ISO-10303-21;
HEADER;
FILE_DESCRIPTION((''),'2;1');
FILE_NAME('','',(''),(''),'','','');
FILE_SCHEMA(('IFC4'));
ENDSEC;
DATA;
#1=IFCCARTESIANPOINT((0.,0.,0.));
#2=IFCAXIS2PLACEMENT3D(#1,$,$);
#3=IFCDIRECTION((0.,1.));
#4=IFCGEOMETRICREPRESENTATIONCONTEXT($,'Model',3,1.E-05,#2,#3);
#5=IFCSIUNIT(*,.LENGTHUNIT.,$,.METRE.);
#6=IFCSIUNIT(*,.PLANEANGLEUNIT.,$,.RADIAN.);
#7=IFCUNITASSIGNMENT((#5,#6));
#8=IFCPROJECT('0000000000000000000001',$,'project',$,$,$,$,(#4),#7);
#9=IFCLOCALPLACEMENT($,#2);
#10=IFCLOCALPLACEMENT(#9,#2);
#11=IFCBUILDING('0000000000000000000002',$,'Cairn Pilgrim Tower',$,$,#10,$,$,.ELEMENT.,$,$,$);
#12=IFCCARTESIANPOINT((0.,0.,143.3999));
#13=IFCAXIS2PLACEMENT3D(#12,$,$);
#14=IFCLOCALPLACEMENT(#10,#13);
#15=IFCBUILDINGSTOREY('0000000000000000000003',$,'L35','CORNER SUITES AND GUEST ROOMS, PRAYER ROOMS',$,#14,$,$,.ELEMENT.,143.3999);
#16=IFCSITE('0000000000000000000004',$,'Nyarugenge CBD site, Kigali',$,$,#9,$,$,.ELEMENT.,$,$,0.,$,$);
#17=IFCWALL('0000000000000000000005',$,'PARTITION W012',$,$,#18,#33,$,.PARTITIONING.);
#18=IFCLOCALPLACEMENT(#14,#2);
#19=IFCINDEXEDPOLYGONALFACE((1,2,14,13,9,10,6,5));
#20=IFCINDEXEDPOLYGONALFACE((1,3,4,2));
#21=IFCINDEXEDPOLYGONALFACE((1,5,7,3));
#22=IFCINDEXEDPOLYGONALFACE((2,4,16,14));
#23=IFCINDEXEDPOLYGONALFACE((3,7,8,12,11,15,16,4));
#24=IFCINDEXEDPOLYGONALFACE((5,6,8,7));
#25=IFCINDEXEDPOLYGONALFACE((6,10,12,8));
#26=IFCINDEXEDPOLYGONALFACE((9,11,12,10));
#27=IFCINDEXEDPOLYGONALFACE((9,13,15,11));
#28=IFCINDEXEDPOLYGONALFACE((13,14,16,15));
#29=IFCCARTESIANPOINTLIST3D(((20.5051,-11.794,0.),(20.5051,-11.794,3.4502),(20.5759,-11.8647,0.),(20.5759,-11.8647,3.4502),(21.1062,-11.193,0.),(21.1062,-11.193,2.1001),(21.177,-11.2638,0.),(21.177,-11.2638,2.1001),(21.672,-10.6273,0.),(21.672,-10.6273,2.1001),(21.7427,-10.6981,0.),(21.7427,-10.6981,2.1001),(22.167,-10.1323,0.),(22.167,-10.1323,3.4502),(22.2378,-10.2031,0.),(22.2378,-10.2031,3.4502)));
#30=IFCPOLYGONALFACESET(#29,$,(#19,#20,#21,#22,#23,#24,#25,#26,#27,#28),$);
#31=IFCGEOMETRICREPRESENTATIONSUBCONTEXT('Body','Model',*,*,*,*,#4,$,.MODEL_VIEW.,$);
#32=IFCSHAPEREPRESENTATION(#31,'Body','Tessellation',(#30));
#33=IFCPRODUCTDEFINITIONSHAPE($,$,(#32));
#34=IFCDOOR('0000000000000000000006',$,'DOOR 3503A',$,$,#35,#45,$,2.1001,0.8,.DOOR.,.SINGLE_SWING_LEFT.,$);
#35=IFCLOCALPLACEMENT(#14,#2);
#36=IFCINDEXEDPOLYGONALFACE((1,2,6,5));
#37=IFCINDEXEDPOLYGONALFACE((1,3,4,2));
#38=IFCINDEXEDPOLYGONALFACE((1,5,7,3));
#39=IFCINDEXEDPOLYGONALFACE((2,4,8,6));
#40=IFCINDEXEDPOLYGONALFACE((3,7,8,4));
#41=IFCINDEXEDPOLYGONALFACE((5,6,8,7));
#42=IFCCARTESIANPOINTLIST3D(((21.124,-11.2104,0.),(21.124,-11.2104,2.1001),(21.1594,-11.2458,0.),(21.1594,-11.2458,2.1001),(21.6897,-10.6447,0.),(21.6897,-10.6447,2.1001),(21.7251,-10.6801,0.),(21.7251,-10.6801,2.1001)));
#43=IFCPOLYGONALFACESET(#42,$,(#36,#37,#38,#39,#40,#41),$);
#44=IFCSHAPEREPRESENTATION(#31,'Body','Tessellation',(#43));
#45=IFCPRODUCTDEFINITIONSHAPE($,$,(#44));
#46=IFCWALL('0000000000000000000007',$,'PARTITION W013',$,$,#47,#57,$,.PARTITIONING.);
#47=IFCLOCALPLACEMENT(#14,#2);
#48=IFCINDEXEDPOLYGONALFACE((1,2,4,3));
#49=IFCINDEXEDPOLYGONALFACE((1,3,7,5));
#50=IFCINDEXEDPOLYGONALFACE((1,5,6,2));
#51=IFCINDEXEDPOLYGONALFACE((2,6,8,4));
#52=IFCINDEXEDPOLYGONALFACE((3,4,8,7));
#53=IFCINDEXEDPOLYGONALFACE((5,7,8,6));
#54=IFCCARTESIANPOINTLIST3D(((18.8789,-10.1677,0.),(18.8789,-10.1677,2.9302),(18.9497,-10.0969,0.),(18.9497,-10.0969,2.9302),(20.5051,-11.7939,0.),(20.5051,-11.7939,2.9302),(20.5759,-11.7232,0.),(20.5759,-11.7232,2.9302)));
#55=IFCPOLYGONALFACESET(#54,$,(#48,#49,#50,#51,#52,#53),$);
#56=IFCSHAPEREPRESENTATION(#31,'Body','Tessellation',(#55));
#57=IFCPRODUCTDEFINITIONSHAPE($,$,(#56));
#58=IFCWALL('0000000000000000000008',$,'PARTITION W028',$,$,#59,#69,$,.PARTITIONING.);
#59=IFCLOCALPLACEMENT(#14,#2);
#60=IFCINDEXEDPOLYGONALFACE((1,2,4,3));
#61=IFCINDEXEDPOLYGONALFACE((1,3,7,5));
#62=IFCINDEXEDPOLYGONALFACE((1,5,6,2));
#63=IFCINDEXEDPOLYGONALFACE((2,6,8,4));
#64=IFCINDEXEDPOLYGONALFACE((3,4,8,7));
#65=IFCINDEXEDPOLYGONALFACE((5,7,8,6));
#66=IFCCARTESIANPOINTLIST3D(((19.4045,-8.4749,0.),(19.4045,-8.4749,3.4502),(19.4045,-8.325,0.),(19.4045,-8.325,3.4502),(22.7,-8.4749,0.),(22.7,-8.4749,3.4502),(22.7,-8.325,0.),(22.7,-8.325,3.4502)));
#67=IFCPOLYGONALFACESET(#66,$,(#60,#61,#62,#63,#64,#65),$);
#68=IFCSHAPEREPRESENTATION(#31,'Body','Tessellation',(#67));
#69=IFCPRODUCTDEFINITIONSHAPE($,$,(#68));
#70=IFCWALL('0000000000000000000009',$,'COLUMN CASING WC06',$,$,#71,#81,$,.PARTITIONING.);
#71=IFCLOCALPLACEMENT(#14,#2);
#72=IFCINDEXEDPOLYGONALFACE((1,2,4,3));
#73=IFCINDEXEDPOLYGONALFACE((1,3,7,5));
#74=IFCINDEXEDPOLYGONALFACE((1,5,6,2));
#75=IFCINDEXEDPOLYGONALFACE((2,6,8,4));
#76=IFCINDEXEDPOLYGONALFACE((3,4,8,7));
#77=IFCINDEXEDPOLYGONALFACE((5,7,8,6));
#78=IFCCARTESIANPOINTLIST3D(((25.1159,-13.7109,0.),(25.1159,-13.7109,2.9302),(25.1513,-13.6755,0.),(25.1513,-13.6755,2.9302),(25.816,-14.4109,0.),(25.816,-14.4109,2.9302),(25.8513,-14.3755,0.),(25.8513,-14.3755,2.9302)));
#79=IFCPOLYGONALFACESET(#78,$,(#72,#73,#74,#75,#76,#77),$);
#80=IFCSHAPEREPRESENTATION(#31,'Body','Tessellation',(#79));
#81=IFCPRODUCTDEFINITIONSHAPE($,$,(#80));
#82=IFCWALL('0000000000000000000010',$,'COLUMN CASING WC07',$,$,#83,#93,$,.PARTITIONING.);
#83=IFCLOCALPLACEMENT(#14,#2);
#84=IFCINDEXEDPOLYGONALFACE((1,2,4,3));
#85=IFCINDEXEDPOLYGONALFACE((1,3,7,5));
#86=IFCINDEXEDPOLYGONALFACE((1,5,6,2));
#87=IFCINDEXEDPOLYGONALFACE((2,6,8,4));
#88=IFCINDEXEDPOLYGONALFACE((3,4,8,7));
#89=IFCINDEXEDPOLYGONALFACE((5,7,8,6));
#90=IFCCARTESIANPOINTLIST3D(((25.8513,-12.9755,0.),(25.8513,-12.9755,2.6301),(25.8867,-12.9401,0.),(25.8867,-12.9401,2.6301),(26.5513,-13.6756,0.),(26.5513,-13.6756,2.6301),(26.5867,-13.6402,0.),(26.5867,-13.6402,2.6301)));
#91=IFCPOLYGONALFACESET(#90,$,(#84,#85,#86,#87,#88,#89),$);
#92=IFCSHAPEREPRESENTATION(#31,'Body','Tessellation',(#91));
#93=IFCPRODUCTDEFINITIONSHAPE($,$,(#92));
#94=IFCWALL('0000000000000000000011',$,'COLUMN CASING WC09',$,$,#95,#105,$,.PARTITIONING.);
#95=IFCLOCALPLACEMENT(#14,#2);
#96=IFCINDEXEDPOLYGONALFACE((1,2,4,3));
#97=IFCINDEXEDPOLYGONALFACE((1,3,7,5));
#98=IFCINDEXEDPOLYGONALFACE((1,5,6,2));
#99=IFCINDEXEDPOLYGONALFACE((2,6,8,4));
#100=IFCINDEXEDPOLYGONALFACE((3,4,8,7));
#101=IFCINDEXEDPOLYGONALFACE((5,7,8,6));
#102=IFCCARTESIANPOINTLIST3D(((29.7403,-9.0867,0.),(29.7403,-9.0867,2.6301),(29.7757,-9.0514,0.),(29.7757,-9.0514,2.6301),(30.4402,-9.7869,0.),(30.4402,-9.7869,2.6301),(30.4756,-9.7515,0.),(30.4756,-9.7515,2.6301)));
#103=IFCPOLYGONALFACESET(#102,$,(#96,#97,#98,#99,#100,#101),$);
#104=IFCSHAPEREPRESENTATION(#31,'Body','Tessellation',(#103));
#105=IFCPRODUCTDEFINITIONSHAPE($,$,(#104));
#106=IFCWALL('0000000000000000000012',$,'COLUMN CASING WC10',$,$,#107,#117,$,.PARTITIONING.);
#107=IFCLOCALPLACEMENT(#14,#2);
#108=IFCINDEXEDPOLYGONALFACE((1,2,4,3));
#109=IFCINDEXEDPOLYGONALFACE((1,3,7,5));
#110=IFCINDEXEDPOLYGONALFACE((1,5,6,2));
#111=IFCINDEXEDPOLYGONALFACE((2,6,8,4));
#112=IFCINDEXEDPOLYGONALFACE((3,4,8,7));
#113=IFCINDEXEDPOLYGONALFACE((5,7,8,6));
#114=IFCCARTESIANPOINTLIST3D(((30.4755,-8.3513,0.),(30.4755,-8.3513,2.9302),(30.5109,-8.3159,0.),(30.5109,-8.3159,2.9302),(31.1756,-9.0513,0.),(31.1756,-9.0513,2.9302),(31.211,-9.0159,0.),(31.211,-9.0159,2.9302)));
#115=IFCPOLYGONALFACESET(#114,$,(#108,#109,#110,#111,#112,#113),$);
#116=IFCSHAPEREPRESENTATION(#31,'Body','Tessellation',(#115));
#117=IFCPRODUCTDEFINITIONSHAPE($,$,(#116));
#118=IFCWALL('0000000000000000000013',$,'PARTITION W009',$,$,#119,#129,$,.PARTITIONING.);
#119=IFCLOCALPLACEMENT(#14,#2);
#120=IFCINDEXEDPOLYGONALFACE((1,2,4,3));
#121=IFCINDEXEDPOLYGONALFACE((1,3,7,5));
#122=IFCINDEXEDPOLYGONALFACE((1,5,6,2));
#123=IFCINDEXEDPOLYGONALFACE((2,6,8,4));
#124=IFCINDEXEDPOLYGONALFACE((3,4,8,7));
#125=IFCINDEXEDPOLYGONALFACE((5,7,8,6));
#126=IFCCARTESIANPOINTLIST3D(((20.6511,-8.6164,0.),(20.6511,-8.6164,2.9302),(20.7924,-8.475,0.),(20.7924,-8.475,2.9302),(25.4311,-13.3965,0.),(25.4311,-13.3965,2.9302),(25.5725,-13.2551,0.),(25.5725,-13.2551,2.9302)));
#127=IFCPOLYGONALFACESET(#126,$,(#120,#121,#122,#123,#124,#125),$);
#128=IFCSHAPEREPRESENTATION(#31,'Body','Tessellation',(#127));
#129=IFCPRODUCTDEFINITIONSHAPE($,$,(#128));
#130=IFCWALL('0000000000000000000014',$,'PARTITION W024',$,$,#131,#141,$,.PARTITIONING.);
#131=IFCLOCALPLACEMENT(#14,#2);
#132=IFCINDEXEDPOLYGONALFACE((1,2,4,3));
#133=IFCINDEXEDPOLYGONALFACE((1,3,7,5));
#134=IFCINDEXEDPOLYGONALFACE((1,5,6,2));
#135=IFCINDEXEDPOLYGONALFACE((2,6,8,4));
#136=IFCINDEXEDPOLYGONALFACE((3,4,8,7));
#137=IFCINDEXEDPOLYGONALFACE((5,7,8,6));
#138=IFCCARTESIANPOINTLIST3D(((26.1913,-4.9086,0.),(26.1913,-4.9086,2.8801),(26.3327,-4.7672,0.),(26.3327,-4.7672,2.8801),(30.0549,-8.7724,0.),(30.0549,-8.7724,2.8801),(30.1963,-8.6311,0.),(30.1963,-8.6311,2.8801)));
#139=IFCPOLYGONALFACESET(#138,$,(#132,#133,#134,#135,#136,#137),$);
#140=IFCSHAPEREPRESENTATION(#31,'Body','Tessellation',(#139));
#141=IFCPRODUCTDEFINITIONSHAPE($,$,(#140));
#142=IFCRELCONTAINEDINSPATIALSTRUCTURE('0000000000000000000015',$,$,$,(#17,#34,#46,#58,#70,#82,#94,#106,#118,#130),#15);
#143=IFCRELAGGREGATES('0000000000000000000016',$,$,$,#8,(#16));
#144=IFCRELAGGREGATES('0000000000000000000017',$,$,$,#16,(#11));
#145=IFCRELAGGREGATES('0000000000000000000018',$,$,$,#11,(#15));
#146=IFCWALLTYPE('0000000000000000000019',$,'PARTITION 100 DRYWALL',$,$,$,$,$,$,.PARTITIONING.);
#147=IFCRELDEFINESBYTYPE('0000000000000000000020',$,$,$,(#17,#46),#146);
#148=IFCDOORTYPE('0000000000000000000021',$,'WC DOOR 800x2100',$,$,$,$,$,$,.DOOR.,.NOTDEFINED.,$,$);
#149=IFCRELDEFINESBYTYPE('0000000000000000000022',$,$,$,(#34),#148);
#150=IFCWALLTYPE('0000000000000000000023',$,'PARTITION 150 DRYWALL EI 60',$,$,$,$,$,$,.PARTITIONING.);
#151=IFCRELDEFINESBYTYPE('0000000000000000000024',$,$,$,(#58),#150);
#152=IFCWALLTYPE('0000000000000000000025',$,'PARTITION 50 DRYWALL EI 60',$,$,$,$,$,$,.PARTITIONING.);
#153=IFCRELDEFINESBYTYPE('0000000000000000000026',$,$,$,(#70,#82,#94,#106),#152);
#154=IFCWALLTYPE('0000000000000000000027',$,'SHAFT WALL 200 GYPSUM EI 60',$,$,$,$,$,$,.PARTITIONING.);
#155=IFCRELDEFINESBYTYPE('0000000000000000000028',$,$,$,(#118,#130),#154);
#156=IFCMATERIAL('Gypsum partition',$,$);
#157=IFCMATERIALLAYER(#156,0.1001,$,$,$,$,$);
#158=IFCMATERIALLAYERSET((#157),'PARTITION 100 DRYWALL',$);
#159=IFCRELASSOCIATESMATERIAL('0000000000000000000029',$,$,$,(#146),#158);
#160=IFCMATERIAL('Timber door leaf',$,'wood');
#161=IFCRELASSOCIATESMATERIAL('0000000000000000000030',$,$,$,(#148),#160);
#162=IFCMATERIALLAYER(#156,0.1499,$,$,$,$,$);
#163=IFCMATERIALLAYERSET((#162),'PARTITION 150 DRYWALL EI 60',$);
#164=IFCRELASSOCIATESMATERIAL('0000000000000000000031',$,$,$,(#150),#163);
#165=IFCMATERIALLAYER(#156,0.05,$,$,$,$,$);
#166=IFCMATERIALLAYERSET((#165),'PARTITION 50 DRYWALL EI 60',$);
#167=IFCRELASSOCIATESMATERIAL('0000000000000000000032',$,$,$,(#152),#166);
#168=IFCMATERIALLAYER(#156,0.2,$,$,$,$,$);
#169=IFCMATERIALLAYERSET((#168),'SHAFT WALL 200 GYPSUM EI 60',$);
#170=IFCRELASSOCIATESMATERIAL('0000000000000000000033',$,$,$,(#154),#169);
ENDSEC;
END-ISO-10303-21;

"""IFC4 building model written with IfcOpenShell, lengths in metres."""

from ifc_helpers import new_model, si_unit, direction, frame, frame_2d, origin, place, context, subcontext, project, spatial, rectangle, extrude, material, layer, layer_set, type_object, element, fill, save


model = new_model("IFC4")

# Units and contexts
model_context = context("Model", 3, precision=1e-05, world=origin(), true_north=direction((0.0, 1.0)))
body_context = subcontext(model_context, "Body", "Model", "MODEL_VIEW")
ifc_project = project(units=[si_unit("LENGTHUNIT", "METRE"), si_unit("PLANEANGLEUNIT", "RADIAN")], contexts=[model_context])

# Site, building, storey
site_placement = place(None, origin())
site = spatial("IfcSite", under=ifc_project, at=site_placement, Name="Nyarugenge CBD site, Kigali", CompositionType="ELEMENT", RefElevation=0.0)
building_placement = place(site_placement, origin())
building = spatial("IfcBuilding", under=site, at=building_placement, Name="Cairn Pilgrim Tower", CompositionType="ELEMENT")
storey_placement = place(building_placement, frame((0.0, 0.0, 143.3999)))
storey = spatial("IfcBuildingStorey", under=building, at=storey_placement, Name="L35", Description="CORNER SUITES AND GUEST ROOMS, PRAYER ROOMS", CompositionType="ELEMENT", Elevation=143.3999)

# Wall, opening, door
ifc_material_1 = material(Name="Gypsum partition")
ifc_layer_1 = layer(ifc_material_1, 0.1001)
ifc_layer_set_1 = layer_set([ifc_layer_1], Name="PARTITION 100 DRYWALL")
wall_type_1 = type_object("IfcWallType", Name="PARTITION 100 DRYWALL", PredefinedType="PARTITIONING", material=ifc_layer_set_1)
wall_1_placement = place(storey_placement, frame((20.5405, -11.8293, 0.0), z_axis=(0.0, 0.0, 1.0), x_axis=(0.707159, 0.707055, 0.0)))
wall_1 = element("IfcWall", 1, at=wall_1_placement, inside=storey, type_object=wall_type_1, Name="PARTITION W012", PredefinedType="PARTITIONING", context=body_context, shape_type="SweptSolid", body=[
    extrude(rectangle(XDim=2.3501, YDim=0.1001, at=frame_2d((1.175, 0.0))), origin(), (0.0, 0.0, 1.0), 3.4502),
])
opening_1_placement = place(wall_1_placement, frame((0.8501, 0.0, 0.0)))
opening_1 = element("IfcOpeningElement", 2, at=opening_1_placement, cuts=wall_1, PredefinedType="OPENING", context=body_context, shape_type="SweptSolid", body=[
    extrude(rectangle(XDim=0.8, YDim=2.1001, at=frame_2d((0.3999, 1.05))), frame((0.0, 0.0601, 0.0), z_axis=(0.0, -1.0, 0.0), x_axis=(1.0, 0.0, 0.0)), (0.0, 0.0, 1.0), 0.1201),
])
ifc_material_2 = material(Name="Timber door leaf", Category="wood")
door_type_1 = type_object("IfcDoorType", Name="WC DOOR 800x2100", OperationType="NOTDEFINED", PredefinedType="DOOR", material=ifc_material_2)
door_1_placement = place(opening_1_placement, frame((0.8, 0.0, 0.0), z_axis=(0.0, 0.0, 1.0), x_axis=(-1.0, 0.0, 0.0)))
door_1 = element("IfcDoor", 3, at=door_1_placement, inside=storey, type_object=door_type_1, Name="DOOR 3503A", OperationType="SINGLE_SWING_LEFT", OverallHeight=2.1001, OverallWidth=0.8, PredefinedType="DOOR", context=body_context, shape_type="SweptSolid", body=[
    extrude(rectangle(XDim=0.8, YDim=2.1001, at=frame_2d((0.3999, 1.05))), frame((0.0, 0.0249, 0.0), z_axis=(0.0, -1.0, 0.0), x_axis=(1.0, 0.0, 0.0)), (0.0, 0.0, 1.0), 0.05),
])
fill(opening_1, door_1)

# Walls
wall_2_placement = place(storey_placement, frame((20.5405, -11.7585, 0.0), z_axis=(0.0, 0.0, 1.0), x_axis=(-0.707107, 0.707107, 0.0)))
element("IfcWall", 4, at=wall_2_placement, inside=storey, type_object=wall_type_1, Name="PARTITION W013", PredefinedType="PARTITIONING", context=body_context, shape_type="SweptSolid", body=[
    extrude(rectangle(XDim=2.2998, YDim=0.1001, at=frame_2d((1.1499, 0.0))), origin(), (0.0, 0.0, 1.0), 2.9302),
])
ifc_layer_2 = layer(ifc_material_1, 0.1499)
ifc_layer_set_2 = layer_set([ifc_layer_2], Name="PARTITION 150 DRYWALL EI 60")
wall_type_2 = type_object("IfcWallType", Name="PARTITION 150 DRYWALL EI 60", PredefinedType="PARTITIONING", material=ifc_layer_set_2)
wall_3_placement = place(storey_placement, frame((19.4045, -8.3999, 0.0), z_axis=(0.0, 0.0, 1.0), x_axis=(1.0, 0.0, 0.0)))
element("IfcWall", 5, at=wall_3_placement, inside=storey, type_object=wall_type_2, Name="PARTITION W028", PredefinedType="PARTITIONING", context=body_context, shape_type="SweptSolid", body=[
    extrude(rectangle(XDim=3.2954, YDim=0.1499, at=frame_2d((1.6477, 0.0))), origin(), (0.0, 0.0, 1.0), 3.4502),
])
ifc_layer_3 = layer(ifc_material_1, 0.05)
ifc_layer_set_3 = layer_set([ifc_layer_3], Name="PARTITION 50 DRYWALL EI 60")
wall_type_3 = type_object("IfcWallType", Name="PARTITION 50 DRYWALL EI 60", PredefinedType="PARTITIONING", material=ifc_layer_set_3)
wall_4_placement = place(storey_placement, frame((25.8337, -14.3933, 0.0), z_axis=(0.0, 0.0, 1.0), x_axis=(-0.707107, 0.707107, 0.0)))
element("IfcWall", 6, at=wall_4_placement, inside=storey, type_object=wall_type_3, Name="COLUMN CASING WC06", PredefinedType="PARTITIONING", context=body_context, shape_type="SweptSolid", body=[
    extrude(rectangle(XDim=0.99, YDim=0.05, at=frame_2d((0.4951, 0.0))), origin(), (0.0, 0.0, 1.0), 2.9302),
])
for number, where, z_axis, x_axis, name in (
    (7, (26.5691, -13.658, 0.0), (0.0, 0.0, 1.0), (-0.707107, 0.707107, 0.0), "COLUMN CASING WC07"),
    (8, (30.458, -9.7693, 0.0), (0.0, 0.0, 1.0), (-0.706983, 0.70723, 0.0), "COLUMN CASING WC09"),
):
    element("IfcWall", number, at=place(storey_placement, frame(where, z_axis=z_axis, x_axis=x_axis)), inside=storey, type_object=wall_type_3, Name=name, PredefinedType="PARTITIONING", context=body_context, shape_type="SweptSolid", body=[
        extrude(rectangle(XDim=0.99, YDim=0.05, at=frame_2d((0.4951, 0.0))), origin(), (0.0, 0.0, 1.0), 2.6301),
    ])
wall_5_placement = place(storey_placement, frame((31.1934, -9.0337, 0.0), z_axis=(0.0, 0.0, 1.0), x_axis=(-0.707107, 0.707107, 0.0)))
element("IfcWall", 9, at=wall_5_placement, inside=storey, type_object=wall_type_3, Name="COLUMN CASING WC10", PredefinedType="PARTITIONING", context=body_context, shape_type="SweptSolid", body=[
    extrude(rectangle(XDim=0.99, YDim=0.05, at=frame_2d((0.4951, 0.0))), origin(), (0.0, 0.0, 1.0), 2.9302),
])
ifc_layer_4 = layer(ifc_material_1, 0.2)
ifc_layer_set_4 = layer_set([ifc_layer_4], Name="SHAFT WALL 200 GYPSUM EI 60")
wall_type_4 = type_object("IfcWallType", Name="SHAFT WALL 200 GYPSUM EI 60", PredefinedType="PARTITIONING", material=ifc_layer_set_4)
wall_6_placement = place(storey_placement, frame((25.5017, -13.3257, 0.0), z_axis=(0.0, 0.0, 1.0), x_axis=(-0.707107, 0.707107, 0.0)))
element("IfcWall", 10, at=wall_6_placement, inside=storey, type_object=wall_type_4, Name="PARTITION W009", PredefinedType="PARTITIONING", context=body_context, shape_type="SweptSolid", body=[
    extrude(rectangle(XDim=6.76, YDim=0.2, at=frame_2d((3.3799, 0.0))), origin(), (0.0, 0.0, 1.0), 2.9302),
])
wall_7_placement = place(storey_placement, frame((30.1255, -8.7017, 0.0), z_axis=(0.0, 0.0, 1.0), x_axis=(-0.707084, 0.707129, 0.0)))
element("IfcWall", 11, at=wall_7_placement, inside=storey, type_object=wall_type_4, Name="PARTITION W024", PredefinedType="PARTITIONING", context=body_context, shape_type="SweptSolid", body=[
    extrude(rectangle(XDim=5.4641, YDim=0.2, at=frame_2d((2.7319, 0.0))), origin(), (0.0, 0.0, 1.0), 2.8801),
])

save(model, "model.ifc")
